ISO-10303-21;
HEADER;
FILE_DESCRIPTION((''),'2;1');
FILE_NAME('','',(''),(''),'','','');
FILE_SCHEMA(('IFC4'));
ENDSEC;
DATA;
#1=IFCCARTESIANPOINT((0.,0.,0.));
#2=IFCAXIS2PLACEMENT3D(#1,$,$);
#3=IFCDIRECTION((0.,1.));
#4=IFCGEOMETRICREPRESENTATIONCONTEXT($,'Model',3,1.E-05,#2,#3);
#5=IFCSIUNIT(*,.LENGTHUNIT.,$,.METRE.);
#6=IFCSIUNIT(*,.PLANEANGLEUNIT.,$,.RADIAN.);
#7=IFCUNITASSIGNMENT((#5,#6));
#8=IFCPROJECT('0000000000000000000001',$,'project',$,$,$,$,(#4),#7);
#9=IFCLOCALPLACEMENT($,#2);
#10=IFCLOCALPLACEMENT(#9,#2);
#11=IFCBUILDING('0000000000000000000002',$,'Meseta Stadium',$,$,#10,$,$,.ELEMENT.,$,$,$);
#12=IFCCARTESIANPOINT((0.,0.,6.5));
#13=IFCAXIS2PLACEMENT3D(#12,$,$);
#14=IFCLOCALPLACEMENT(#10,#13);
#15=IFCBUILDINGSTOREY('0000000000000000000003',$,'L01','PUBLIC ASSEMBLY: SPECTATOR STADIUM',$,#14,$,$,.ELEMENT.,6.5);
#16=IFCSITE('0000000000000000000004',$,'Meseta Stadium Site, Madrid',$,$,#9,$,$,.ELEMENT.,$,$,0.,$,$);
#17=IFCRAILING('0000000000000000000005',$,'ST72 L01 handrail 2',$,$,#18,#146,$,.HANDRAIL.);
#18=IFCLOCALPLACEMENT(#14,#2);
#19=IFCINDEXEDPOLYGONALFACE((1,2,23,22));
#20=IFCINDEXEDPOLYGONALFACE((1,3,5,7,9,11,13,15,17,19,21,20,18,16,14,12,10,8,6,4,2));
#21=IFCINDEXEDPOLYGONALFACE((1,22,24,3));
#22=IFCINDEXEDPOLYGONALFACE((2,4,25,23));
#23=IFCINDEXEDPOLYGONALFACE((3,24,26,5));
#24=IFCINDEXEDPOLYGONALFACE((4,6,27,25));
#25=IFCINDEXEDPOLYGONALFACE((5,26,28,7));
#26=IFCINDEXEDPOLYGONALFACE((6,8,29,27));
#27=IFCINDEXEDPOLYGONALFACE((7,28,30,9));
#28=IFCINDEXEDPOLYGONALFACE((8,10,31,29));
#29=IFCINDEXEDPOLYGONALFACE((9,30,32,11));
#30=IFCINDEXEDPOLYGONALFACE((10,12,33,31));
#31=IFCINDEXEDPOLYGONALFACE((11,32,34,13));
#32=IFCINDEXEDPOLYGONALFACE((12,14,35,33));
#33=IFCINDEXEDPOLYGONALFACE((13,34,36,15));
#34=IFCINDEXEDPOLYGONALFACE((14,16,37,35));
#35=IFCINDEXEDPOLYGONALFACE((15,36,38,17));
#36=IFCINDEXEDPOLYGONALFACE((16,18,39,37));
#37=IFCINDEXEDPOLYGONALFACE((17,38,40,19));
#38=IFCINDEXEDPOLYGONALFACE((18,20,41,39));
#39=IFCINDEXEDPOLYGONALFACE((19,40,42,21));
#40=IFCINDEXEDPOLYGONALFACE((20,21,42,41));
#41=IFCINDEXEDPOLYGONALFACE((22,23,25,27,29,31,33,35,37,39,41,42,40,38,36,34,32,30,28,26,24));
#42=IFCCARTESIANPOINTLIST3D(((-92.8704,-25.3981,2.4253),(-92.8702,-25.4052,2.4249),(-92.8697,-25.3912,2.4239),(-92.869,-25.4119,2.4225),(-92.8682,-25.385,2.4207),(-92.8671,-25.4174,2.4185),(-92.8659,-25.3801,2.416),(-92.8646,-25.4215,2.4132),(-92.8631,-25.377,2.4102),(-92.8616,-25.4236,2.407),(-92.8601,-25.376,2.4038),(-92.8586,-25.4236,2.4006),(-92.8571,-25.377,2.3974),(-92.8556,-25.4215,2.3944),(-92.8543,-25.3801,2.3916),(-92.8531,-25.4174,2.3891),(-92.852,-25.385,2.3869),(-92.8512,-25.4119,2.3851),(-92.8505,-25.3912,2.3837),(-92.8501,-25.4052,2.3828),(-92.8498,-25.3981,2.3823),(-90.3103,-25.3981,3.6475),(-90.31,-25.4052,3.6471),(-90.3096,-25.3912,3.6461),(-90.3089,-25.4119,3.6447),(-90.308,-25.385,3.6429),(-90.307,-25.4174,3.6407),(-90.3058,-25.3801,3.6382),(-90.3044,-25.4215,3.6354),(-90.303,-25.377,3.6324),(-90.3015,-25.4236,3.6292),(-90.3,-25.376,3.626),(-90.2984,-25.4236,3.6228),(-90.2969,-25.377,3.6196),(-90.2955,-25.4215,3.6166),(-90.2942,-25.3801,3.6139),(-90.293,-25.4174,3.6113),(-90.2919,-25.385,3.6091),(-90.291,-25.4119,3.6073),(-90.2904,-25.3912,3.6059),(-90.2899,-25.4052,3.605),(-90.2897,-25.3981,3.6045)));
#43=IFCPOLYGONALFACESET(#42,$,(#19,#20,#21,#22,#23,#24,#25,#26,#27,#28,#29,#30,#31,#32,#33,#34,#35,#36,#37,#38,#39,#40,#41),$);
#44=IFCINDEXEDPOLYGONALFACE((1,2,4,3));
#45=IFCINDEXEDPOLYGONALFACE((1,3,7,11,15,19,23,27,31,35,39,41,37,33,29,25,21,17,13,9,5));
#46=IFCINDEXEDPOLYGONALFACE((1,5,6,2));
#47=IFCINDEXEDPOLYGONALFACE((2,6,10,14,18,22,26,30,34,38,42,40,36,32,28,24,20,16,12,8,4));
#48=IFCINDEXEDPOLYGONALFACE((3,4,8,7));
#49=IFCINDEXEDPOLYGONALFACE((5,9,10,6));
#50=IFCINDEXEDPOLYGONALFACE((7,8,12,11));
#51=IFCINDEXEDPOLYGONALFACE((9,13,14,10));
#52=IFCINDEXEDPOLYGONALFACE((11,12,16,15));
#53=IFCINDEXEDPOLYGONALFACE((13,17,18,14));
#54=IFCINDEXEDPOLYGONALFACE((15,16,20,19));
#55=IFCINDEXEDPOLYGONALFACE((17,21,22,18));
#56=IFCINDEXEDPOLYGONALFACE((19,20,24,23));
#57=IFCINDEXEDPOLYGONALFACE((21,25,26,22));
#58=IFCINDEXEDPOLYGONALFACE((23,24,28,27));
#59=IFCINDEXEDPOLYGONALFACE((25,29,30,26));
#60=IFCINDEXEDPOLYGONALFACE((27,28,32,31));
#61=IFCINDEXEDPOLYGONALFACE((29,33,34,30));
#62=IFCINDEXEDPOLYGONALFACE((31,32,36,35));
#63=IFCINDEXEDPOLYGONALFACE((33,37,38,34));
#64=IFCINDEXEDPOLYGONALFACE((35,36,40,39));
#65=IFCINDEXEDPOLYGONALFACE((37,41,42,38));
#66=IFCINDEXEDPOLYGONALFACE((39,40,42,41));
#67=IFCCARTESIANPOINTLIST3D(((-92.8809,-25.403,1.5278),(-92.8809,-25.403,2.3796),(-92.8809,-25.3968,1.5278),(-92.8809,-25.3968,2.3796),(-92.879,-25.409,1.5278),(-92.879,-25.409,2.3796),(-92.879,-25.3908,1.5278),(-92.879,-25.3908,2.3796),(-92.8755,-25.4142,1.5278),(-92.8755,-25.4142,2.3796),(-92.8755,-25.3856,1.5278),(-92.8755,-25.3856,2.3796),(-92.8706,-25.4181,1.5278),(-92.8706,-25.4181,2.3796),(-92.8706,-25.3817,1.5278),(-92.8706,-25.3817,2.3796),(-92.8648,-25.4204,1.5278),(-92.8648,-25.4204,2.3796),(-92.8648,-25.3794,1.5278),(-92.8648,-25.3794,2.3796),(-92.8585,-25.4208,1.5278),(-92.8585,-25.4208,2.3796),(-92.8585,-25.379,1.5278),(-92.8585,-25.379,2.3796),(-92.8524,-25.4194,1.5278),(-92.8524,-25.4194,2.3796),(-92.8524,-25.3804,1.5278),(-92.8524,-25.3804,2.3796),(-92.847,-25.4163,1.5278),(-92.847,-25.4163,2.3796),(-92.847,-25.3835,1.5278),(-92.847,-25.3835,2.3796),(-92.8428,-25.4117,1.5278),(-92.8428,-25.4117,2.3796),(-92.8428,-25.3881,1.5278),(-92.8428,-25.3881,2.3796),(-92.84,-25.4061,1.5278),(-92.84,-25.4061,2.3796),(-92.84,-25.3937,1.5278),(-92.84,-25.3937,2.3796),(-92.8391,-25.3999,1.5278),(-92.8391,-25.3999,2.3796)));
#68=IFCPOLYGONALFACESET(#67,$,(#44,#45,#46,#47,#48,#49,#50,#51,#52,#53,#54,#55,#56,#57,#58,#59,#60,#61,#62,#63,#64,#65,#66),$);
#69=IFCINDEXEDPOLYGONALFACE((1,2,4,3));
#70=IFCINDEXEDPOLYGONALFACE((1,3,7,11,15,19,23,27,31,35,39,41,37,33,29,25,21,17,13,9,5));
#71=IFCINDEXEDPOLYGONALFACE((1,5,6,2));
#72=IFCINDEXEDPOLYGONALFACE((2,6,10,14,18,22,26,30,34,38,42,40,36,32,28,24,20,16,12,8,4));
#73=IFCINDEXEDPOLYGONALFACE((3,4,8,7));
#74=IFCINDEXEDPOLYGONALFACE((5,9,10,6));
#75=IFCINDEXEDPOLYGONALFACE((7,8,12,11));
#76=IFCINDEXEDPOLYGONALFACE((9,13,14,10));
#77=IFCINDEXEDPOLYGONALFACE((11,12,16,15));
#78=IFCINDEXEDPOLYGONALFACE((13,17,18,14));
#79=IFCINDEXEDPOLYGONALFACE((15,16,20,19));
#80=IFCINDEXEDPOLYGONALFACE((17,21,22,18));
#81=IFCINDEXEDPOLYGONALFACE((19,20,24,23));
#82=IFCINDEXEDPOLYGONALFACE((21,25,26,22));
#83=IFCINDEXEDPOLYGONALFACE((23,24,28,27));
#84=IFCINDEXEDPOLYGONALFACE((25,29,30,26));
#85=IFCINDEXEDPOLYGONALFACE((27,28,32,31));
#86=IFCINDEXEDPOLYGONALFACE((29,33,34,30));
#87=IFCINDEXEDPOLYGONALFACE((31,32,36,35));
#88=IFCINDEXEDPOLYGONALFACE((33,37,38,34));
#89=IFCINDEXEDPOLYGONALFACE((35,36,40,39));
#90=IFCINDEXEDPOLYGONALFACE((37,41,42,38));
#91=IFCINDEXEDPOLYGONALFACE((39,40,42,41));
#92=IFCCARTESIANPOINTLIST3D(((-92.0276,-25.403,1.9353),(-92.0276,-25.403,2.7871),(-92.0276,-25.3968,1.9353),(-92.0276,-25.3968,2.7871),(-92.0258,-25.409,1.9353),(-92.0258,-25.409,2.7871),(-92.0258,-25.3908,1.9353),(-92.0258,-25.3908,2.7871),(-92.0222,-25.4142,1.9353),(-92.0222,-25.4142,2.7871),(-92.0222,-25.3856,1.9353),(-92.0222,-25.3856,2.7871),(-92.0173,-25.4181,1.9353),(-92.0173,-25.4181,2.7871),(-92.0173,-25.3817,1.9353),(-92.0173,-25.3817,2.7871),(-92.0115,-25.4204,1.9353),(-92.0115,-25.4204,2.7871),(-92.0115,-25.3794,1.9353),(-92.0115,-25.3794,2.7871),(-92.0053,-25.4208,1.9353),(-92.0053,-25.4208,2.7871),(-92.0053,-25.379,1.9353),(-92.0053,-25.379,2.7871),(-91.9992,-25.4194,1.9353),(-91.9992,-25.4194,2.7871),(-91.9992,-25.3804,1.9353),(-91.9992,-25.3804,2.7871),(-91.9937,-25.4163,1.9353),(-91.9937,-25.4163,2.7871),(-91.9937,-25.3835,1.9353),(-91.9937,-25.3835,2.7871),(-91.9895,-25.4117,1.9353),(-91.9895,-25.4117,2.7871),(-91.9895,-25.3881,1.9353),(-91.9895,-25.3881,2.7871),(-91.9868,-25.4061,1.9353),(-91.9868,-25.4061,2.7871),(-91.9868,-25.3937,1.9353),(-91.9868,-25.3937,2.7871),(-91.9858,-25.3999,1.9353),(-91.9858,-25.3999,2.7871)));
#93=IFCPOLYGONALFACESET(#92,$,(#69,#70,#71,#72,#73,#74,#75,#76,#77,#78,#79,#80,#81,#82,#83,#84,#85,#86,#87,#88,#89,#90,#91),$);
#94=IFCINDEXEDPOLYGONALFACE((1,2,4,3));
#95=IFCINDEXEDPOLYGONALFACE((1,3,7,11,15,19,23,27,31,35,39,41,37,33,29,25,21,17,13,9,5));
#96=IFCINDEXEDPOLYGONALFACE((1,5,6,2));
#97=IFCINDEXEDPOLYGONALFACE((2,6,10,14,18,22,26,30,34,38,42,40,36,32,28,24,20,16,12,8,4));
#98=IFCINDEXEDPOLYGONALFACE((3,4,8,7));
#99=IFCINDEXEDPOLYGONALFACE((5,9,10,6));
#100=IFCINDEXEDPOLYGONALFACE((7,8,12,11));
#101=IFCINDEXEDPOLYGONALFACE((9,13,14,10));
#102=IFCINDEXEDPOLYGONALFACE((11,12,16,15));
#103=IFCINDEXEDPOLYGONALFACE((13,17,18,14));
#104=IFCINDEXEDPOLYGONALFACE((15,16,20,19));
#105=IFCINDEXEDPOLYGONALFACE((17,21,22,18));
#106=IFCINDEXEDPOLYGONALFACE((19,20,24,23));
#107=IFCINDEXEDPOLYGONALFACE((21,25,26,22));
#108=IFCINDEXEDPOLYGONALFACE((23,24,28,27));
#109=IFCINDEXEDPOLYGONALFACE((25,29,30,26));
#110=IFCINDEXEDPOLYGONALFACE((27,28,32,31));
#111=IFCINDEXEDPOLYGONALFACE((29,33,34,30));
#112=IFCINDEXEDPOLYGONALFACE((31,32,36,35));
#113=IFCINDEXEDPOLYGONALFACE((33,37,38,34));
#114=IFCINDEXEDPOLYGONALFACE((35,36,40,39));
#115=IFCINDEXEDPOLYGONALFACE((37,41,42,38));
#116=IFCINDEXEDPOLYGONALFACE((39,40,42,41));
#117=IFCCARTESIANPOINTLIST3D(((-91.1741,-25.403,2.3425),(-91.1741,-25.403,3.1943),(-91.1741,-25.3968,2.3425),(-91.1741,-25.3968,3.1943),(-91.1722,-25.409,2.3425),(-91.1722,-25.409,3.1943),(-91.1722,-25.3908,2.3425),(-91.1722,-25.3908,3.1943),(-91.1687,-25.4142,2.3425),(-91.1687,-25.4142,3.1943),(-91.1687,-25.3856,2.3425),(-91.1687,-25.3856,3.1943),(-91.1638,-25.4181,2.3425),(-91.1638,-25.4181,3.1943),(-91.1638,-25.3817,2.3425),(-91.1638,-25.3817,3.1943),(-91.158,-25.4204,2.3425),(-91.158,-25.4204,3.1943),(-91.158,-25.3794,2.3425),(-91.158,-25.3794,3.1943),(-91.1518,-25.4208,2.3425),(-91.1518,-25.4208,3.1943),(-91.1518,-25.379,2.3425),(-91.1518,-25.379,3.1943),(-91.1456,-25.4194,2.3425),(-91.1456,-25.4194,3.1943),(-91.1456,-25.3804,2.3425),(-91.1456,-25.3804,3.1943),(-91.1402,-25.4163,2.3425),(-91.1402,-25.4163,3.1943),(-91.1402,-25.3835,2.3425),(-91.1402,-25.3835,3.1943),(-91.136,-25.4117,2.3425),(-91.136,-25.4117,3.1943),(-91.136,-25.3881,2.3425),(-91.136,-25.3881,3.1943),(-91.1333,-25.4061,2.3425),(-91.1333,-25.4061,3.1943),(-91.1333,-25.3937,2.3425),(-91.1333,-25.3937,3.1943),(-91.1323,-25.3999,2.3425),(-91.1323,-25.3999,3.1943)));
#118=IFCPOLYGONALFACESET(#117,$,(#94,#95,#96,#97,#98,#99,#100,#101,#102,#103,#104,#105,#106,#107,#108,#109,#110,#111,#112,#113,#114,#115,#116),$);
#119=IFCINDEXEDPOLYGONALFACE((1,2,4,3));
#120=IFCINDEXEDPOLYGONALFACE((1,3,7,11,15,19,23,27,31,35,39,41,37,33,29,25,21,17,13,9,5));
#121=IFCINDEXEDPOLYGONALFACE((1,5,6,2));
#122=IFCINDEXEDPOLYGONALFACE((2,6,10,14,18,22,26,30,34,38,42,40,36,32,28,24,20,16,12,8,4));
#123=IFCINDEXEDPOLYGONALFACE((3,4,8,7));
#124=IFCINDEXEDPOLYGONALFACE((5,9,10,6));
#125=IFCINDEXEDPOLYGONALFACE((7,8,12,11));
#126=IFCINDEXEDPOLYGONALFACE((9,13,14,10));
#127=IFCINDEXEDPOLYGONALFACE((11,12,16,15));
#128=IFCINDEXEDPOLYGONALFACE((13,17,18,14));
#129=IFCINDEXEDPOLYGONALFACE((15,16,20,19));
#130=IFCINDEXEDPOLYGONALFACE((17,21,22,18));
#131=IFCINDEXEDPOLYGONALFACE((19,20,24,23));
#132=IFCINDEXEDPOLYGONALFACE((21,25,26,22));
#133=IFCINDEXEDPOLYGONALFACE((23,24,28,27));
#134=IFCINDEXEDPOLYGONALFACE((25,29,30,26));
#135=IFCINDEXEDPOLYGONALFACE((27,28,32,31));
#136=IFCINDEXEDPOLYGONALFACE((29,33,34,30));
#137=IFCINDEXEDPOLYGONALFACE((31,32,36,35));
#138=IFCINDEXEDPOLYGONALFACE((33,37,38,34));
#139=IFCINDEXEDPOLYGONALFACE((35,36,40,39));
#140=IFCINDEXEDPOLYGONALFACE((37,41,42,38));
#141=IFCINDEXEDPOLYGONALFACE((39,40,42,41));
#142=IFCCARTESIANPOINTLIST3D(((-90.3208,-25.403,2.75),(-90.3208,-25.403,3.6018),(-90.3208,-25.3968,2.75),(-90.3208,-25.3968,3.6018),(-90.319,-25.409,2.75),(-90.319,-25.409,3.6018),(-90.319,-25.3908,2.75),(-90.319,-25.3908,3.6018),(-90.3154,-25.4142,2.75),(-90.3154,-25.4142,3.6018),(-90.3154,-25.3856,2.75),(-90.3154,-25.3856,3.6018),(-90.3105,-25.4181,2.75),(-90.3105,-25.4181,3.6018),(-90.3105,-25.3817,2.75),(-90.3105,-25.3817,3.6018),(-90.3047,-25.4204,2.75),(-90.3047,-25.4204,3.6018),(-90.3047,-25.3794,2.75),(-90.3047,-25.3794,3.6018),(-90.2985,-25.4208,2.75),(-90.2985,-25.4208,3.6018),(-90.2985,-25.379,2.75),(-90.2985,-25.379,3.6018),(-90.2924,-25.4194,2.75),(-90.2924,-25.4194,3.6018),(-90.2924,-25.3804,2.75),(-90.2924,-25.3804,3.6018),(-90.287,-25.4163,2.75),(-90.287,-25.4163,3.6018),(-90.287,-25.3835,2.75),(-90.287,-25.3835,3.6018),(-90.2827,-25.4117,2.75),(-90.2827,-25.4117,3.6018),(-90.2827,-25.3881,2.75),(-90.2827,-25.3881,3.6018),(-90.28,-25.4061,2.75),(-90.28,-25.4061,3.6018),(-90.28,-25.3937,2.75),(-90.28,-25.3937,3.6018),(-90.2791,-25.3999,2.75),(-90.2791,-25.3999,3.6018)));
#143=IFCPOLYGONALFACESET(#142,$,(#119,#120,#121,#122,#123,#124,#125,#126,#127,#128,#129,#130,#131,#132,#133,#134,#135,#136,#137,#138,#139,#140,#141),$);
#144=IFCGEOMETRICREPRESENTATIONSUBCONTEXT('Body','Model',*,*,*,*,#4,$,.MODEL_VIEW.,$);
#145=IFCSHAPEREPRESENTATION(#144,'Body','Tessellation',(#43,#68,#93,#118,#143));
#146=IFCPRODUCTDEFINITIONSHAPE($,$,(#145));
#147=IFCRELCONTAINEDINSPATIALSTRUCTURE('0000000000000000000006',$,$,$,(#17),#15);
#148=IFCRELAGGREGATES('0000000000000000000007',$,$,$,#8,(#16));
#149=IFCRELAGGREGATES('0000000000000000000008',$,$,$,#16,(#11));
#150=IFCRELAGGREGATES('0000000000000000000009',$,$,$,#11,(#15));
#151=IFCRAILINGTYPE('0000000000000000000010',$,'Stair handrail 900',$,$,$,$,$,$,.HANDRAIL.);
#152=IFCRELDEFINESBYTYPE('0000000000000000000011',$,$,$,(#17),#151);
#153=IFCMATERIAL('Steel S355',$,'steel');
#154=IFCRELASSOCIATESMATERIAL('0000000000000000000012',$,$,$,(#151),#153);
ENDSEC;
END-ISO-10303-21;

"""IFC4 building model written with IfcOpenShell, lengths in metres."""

from ifc_helpers import new_model, si_unit, direction, frame, origin, origin_2d, place, context, subcontext, project, spatial, circle, extrude, material, type_object, element, save


model = new_model("IFC4")

# Units and contexts
model_context = context("Model", 3, precision=1e-05, world=origin(), true_north=direction((0.0, 1.0)))
body_context = subcontext(model_context, "Body", "Model", "MODEL_VIEW")
ifc_project = project(units=[si_unit("LENGTHUNIT", "METRE"), si_unit("PLANEANGLEUNIT", "RADIAN")], contexts=[model_context])

# Site, building, storey
site_placement = place(None, origin())
site = spatial("IfcSite", under=ifc_project, at=site_placement, Name="Meseta Stadium Site, Madrid", CompositionType="ELEMENT", RefElevation=0.0)
building_placement = place(site_placement, origin())
building = spatial("IfcBuilding", under=site, at=building_placement, Name="Meseta Stadium", CompositionType="ELEMENT")
storey_placement = place(building_placement, frame((0.0, 0.0, 6.5)))
storey = spatial("IfcBuildingStorey", under=building, at=storey_placement, Name="L01", Description="PUBLIC ASSEMBLY: SPECTATOR STADIUM", CompositionType="ELEMENT", Elevation=6.5)

# Railing
ifc_material_1 = material(Name="Steel S355", Category="steel")
railing_type = type_object("IfcRailingType", Name="Stair handrail 900", PredefinedType="HANDRAIL", material=ifc_material_1)
for number, where, name in (
    (1, (-92.8601, -25.3999, 1.5278), "ST72 L01 handrail 2"),
):
    element("IfcRailing", number, at=place(storey_placement, frame(where)), inside=storey, type_object=railing_type, Name=name, PredefinedType="HANDRAIL", context=body_context, shape_type="SweptSolid", body=[
        extrude(circle(Radius=0.0239, at=origin_2d()), frame((0.0, 0.0, 0.876), z_axis=(0.902437, 0.0, 0.430822), x_axis=(0.0, 1.0, 0.0)), (0.0, 0.0, 1.0), 2.8369),
        extrude(circle(Radius=0.021, at=origin_2d()), origin(), (0.0, 0.0, 1.0), 0.8518),
        extrude(circle(Radius=0.021, at=origin_2d()), frame((0.8533, 0.0, 0.4075)), (0.0, 0.0, 1.0), 0.8518),
        extrude(circle(Radius=0.021, at=origin_2d()), frame((1.7068, 0.0, 0.8147)), (0.0, 0.0, 1.0), 0.8518),
        extrude(circle(Radius=0.021, at=origin_2d()), frame((2.5601, 0.0, 1.2222)), (0.0, 0.0, 1.0), 0.8518),
    ])

save(model, "model.ifc")
